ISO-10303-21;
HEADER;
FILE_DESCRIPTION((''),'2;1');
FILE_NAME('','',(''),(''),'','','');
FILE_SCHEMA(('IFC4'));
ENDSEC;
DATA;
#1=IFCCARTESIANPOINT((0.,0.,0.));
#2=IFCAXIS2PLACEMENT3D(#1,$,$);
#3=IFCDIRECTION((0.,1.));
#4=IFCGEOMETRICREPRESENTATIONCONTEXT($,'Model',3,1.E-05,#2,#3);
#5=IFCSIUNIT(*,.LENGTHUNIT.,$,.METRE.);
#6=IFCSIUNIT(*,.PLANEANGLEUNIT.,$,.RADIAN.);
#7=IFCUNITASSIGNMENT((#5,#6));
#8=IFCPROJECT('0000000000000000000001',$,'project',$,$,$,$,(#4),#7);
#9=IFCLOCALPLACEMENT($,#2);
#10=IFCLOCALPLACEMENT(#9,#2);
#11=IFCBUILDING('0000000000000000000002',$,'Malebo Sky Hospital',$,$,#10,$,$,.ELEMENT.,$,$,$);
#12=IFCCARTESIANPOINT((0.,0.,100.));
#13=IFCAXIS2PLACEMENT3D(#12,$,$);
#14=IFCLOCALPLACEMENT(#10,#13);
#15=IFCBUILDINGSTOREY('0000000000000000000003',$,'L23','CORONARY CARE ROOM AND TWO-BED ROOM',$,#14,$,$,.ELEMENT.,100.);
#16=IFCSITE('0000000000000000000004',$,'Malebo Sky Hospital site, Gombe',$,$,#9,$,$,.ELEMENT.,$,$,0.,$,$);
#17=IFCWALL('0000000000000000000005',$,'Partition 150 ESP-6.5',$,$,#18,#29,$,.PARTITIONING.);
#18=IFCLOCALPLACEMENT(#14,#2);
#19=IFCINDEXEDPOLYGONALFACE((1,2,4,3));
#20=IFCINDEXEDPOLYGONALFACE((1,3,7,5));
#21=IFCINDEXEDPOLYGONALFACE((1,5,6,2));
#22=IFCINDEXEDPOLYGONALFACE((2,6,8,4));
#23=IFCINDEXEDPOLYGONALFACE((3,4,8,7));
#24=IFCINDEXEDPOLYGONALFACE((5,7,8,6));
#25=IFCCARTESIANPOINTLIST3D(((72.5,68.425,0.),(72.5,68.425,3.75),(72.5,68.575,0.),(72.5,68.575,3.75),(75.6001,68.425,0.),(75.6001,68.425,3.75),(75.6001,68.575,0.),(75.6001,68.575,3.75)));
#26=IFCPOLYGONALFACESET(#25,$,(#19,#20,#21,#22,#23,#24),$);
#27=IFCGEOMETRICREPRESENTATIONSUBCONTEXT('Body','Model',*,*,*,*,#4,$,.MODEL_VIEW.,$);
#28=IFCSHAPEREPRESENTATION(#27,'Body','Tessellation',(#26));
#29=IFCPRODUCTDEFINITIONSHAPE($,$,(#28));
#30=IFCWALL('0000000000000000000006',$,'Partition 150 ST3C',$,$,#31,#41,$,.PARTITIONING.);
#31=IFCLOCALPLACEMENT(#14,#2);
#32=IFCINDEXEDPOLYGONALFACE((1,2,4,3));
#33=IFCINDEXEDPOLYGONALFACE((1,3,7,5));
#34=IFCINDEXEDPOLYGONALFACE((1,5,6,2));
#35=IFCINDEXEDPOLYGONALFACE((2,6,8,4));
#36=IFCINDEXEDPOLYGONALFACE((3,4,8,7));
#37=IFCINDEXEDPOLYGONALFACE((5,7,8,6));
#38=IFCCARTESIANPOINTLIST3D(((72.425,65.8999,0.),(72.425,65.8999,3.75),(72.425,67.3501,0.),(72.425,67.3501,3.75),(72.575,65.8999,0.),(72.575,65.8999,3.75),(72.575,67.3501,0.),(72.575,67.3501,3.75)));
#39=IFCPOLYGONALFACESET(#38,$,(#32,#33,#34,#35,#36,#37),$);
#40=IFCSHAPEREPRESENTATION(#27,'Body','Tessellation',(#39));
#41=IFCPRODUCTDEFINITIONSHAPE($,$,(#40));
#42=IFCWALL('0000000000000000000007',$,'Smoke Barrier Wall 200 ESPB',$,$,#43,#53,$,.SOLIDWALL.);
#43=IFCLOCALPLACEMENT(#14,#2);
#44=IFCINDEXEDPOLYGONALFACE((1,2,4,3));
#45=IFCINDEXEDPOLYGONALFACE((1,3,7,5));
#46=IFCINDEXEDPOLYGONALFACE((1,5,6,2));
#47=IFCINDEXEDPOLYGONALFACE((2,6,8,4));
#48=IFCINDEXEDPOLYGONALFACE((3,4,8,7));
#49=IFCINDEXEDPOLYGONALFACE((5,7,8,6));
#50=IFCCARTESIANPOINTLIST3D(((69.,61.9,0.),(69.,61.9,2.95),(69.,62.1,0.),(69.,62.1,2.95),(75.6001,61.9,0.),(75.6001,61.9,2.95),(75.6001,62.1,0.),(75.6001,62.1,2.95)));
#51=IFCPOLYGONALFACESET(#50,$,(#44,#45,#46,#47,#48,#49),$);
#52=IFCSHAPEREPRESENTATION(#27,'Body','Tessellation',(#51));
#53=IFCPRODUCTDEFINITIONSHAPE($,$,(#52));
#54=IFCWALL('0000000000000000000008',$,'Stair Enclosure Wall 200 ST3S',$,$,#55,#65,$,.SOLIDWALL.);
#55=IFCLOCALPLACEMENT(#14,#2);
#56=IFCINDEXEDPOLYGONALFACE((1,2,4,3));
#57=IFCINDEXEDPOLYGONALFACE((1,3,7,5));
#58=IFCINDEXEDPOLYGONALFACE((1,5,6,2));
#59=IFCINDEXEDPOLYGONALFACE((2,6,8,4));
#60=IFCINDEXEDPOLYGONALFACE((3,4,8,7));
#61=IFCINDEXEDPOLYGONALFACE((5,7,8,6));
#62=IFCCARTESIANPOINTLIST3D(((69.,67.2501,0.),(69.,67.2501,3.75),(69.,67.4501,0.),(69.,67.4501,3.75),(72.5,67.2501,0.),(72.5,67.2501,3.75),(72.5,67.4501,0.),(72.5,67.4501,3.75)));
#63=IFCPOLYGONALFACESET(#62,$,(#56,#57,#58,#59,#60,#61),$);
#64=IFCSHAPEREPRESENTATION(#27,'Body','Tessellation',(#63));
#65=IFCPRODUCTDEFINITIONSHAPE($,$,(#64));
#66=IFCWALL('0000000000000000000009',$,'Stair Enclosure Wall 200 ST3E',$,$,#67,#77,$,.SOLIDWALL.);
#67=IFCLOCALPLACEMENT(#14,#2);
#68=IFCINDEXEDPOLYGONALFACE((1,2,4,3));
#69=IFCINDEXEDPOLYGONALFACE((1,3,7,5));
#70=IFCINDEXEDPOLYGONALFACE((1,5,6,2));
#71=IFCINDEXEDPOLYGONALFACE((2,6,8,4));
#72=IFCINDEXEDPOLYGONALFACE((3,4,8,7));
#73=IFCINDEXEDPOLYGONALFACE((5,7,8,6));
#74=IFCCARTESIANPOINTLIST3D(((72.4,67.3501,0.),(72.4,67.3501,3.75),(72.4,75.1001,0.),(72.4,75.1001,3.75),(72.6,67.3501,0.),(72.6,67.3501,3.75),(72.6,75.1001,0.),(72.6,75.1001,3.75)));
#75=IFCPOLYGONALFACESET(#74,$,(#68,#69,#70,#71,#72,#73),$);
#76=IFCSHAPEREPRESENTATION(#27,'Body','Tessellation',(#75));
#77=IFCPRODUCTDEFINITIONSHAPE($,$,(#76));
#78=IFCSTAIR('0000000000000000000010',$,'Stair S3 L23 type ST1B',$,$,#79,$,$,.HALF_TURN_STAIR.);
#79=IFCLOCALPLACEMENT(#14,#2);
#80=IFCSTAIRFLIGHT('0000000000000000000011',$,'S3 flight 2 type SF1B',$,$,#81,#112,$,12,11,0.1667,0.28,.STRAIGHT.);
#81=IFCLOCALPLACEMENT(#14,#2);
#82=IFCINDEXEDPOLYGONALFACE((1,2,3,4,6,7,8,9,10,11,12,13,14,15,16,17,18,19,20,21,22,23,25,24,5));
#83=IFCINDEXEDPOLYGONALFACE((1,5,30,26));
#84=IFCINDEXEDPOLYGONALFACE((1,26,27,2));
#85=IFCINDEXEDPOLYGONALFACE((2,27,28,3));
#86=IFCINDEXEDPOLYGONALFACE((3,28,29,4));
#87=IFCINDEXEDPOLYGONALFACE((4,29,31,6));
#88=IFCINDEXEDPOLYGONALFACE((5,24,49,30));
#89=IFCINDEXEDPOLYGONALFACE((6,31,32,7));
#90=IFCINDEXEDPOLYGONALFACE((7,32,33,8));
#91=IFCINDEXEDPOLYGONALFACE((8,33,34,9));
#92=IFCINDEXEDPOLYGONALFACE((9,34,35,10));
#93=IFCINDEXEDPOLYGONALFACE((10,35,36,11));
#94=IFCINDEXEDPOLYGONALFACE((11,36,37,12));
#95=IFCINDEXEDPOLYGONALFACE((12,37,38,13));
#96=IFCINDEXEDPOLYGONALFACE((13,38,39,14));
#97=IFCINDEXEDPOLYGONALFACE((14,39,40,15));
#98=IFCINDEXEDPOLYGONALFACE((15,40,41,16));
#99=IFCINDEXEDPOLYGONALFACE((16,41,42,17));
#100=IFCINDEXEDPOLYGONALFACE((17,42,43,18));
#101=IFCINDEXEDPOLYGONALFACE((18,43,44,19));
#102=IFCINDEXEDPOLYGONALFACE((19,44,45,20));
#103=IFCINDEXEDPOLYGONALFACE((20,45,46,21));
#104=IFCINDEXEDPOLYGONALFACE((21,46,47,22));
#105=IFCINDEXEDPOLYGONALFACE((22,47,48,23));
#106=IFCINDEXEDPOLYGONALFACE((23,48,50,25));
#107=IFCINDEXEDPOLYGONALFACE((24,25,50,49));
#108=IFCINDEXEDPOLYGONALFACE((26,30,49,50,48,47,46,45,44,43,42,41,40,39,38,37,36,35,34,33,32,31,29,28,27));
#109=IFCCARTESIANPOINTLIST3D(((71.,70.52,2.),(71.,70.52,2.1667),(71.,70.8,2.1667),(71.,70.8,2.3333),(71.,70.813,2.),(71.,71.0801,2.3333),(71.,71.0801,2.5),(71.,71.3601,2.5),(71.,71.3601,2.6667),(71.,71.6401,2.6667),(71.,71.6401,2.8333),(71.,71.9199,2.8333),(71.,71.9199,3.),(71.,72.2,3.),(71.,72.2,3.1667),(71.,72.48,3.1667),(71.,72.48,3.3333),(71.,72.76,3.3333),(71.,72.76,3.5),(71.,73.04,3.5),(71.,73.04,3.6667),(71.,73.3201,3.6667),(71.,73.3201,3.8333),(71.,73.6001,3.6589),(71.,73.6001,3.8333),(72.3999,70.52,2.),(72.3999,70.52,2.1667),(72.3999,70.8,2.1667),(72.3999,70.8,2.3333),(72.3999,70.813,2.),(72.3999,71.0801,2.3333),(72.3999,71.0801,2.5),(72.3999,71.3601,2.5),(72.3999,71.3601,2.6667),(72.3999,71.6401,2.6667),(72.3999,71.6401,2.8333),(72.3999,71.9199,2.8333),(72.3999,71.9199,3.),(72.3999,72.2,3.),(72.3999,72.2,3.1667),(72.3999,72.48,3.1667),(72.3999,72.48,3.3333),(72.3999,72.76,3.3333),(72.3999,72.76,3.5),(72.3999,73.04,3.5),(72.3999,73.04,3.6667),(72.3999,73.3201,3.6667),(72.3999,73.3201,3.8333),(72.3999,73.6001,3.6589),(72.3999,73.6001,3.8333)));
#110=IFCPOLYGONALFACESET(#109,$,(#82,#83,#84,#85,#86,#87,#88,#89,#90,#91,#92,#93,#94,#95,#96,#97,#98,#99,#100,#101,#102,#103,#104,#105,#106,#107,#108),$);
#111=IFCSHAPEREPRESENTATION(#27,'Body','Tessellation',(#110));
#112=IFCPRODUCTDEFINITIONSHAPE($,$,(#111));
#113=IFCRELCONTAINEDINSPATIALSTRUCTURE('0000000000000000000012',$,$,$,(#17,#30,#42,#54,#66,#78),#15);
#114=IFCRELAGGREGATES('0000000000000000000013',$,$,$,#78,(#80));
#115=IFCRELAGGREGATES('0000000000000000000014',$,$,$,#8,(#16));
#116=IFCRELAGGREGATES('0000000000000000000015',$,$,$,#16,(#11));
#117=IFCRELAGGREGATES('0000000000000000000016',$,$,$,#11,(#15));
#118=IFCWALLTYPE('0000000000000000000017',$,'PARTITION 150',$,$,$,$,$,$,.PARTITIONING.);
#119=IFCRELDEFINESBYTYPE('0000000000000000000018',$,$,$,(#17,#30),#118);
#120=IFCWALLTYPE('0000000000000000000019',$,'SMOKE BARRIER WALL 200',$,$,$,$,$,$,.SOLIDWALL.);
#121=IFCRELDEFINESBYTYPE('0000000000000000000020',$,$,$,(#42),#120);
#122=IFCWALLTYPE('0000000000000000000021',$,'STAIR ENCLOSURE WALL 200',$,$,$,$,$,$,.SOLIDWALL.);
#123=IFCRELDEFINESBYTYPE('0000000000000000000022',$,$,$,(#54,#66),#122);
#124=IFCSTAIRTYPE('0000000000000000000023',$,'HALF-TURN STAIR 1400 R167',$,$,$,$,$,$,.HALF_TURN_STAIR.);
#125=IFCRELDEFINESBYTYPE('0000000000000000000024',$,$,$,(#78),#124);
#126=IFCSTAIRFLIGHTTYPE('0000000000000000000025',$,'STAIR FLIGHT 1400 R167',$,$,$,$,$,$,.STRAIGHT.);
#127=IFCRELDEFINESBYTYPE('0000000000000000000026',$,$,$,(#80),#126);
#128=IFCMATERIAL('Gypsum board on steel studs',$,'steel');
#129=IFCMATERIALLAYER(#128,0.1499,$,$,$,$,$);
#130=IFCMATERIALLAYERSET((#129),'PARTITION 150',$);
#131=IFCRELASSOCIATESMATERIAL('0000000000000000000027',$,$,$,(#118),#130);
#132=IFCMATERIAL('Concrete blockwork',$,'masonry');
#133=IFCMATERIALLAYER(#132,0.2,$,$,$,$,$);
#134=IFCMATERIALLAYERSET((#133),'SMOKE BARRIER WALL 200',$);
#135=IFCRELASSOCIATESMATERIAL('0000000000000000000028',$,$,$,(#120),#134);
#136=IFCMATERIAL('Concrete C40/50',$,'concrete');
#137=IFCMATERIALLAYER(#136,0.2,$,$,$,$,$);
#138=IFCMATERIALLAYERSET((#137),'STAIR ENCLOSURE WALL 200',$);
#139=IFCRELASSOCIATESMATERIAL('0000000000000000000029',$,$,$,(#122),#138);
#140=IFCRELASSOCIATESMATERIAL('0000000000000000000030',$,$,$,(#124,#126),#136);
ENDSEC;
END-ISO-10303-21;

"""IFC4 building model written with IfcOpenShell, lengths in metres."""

from ifc_helpers import new_model, si_unit, direction, frame, frame_2d, origin, place, context, subcontext, project, spatial, polyline, rectangle, outline, extrude, material, layer, layer_set, type_object, element, aggregate, save


model = new_model("IFC4")

# Units and contexts
model_context = context("Model", 3, precision=1e-05, world=origin(), true_north=direction((0.0, 1.0)))
body_context = subcontext(model_context, "Body", "Model", "MODEL_VIEW")
ifc_project = project(units=[si_unit("LENGTHUNIT", "METRE"), si_unit("PLANEANGLEUNIT", "RADIAN")], contexts=[model_context])

# Site, building, storey
site_placement = place(None, origin())
site = spatial("IfcSite", under=ifc_project, at=site_placement, Name="Malebo Sky Hospital site, Gombe", CompositionType="ELEMENT", RefElevation=0.0)
building_placement = place(site_placement, origin())
building = spatial("IfcBuilding", under=site, at=building_placement, Name="Malebo Sky Hospital", CompositionType="ELEMENT")
storey_placement = place(building_placement, frame((0.0, 0.0, 100.0)))
storey = spatial("IfcBuildingStorey", under=building, at=storey_placement, Name="L23", Description="CORONARY CARE ROOM AND TWO-BED ROOM", CompositionType="ELEMENT", Elevation=100.0)

# Shared definitions
ifc_material_1 = material(Name="Gypsum board on steel studs", Category="steel")
ifc_layer_1 = layer(ifc_material_1, 0.1499)
ifc_layer_set_1 = layer_set([ifc_layer_1], Name="PARTITION 150")
wall_type_1 = type_object("IfcWallType", Name="PARTITION 150", PredefinedType="PARTITIONING", material=ifc_layer_set_1)

# Walls
for number, where, z_axis, x_axis, name in (
    (1, (72.5, 68.5, 0.0), (0.0, 0.0, 1.0), (1.0, 0.0, 0.0), "Partition 150 ESP-6.5"),
):
    element("IfcWall", number, at=place(storey_placement, frame(where, z_axis=z_axis, x_axis=x_axis)), inside=storey, type_object=wall_type_1, Name=name, PredefinedType="PARTITIONING", context=body_context, shape_type="SweptSolid", body=[
        extrude(rectangle(XDim=3.1001, YDim=0.1499, at=frame_2d((1.55, 0.0))), origin(), (0.0, 0.0, 1.0), 3.75),
    ])
wall_1_placement = place(storey_placement, frame((72.5, 65.8999, 0.0), z_axis=(0.0, 0.0, 1.0), x_axis=(0.0, 1.0, 0.0)))
element("IfcWall", 2, at=wall_1_placement, inside=storey, type_object=wall_type_1, Name="Partition 150 ST3C", PredefinedType="PARTITIONING", context=body_context, shape_type="SweptSolid", body=[
    extrude(rectangle(XDim=1.4502, YDim=0.1499, at=frame_2d((0.7251, 0.0))), origin(), (0.0, 0.0, 1.0), 3.75),
])
ifc_material_2 = material(Name="Concrete blockwork", Category="masonry")
ifc_layer_2 = layer(ifc_material_2, 0.2)
ifc_layer_set_2 = layer_set([ifc_layer_2], Name="SMOKE BARRIER WALL 200")
wall_type_2 = type_object("IfcWallType", Name="SMOKE BARRIER WALL 200", PredefinedType="SOLIDWALL", material=ifc_layer_set_2)
wall_2_placement = place(storey_placement, frame((69.0, 62.0, 0.0), z_axis=(0.0, 0.0, 1.0), x_axis=(1.0, 0.0, 0.0)))
element("IfcWall", 3, at=wall_2_placement, inside=storey, type_object=wall_type_2, Name="Smoke Barrier Wall 200 ESPB", PredefinedType="SOLIDWALL", context=body_context, shape_type="SweptSolid", body=[
    extrude(rectangle(XDim=6.6001, YDim=0.2, at=frame_2d((3.3, 0.0))), origin(), (0.0, 0.0, 1.0), 2.95),
])
ifc_material_3 = material(Name="Concrete C40/50", Category="concrete")
ifc_layer_3 = layer(ifc_material_3, 0.2)
ifc_layer_set_3 = layer_set([ifc_layer_3], Name="STAIR ENCLOSURE WALL 200")
wall_type_3 = type_object("IfcWallType", Name="STAIR ENCLOSURE WALL 200", PredefinedType="SOLIDWALL", material=ifc_layer_set_3)
wall_3_placement = place(storey_placement, frame((69.0, 67.3501, 0.0), z_axis=(0.0, 0.0, 1.0), x_axis=(1.0, 0.0, 0.0)))
element("IfcWall", 4, at=wall_3_placement, inside=storey, type_object=wall_type_3, Name="Stair Enclosure Wall 200 ST3S", PredefinedType="SOLIDWALL", context=body_context, shape_type="SweptSolid", body=[
    extrude(rectangle(XDim=3.5, YDim=0.2, at=frame_2d((1.75, 0.0))), origin(), (0.0, 0.0, 1.0), 3.75),
])
wall_4_placement = place(storey_placement, frame((72.5, 67.3501, 0.0), z_axis=(0.0, 0.0, 1.0), x_axis=(0.0, 1.0, 0.0)))
element("IfcWall", 5, at=wall_4_placement, inside=storey, type_object=wall_type_3, Name="Stair Enclosure Wall 200 ST3E", PredefinedType="SOLIDWALL", context=body_context, shape_type="SweptSolid", body=[
    extrude(rectangle(XDim=7.75, YDim=0.2, at=frame_2d((3.875, 0.0))), origin(), (0.0, 0.0, 1.0), 3.75),
])

# Stair, stair flight
stair_type = type_object("IfcStairType", Name="HALF-TURN STAIR 1400 R167", PredefinedType="HALF_TURN_STAIR", material=ifc_material_3)
stair_placement = place(storey_placement, origin())
stair = element("IfcStair", 6, at=stair_placement, inside=storey, type_object=stair_type, Name="Stair S3 L23 type ST1B", PredefinedType="HALF_TURN_STAIR")
stair_flight_type = type_object("IfcStairFlightType", Name="STAIR FLIGHT 1400 R167", PredefinedType="STRAIGHT", material=ifc_material_3)
stair_flight_placement = place(storey_placement, frame((71.7, 70.52, 2.0), z_axis=(0.0, 0.0, 1.0), x_axis=(0.0, 1.0, 0.0)))
stair_flight = element("IfcStairFlight", 7, at=stair_flight_placement, type_object=stair_flight_type, Name="S3 flight 2 type SF1B", NumberOfRisers=12, NumberOfTreads=11, PredefinedType="STRAIGHT", RiserHeight=0.1667, TreadLength=0.28, context=body_context, shape_type="SweptSolid", body=[
    extrude(outline(polyline([(0.0, 0.0), (0.0, 0.1667), (0.28, 0.1667), (0.28, 0.3333), (0.5601, 0.3333), (0.5601, 0.5), (0.8401, 0.5), (0.8401, 0.6667), (1.1201, 0.6667), (1.1201, 0.8333), (1.3999, 0.8333), (1.3999, 1.0), (1.6799, 1.0), (1.6799, 1.1667), (1.96, 1.1667), (1.96, 1.3333), (2.24, 1.3333), (2.24, 1.5), (2.52, 1.5), (2.52, 1.6667), (2.8, 1.6667), (2.8, 1.8333), (3.0801, 1.8333), (3.0801, 2.0), (3.0801, 1.6589), (0.293, 0.0), (0.0, 0.0)])), frame((0.0, 0.7, 0.0), z_axis=(0.0, -1.0, 0.0), x_axis=(1.0, 0.0, 0.0)), (0.0, 0.0, 1.0), 1.3999),
])
aggregate(stair, [stair_flight])

save(model, "model.ifc")
